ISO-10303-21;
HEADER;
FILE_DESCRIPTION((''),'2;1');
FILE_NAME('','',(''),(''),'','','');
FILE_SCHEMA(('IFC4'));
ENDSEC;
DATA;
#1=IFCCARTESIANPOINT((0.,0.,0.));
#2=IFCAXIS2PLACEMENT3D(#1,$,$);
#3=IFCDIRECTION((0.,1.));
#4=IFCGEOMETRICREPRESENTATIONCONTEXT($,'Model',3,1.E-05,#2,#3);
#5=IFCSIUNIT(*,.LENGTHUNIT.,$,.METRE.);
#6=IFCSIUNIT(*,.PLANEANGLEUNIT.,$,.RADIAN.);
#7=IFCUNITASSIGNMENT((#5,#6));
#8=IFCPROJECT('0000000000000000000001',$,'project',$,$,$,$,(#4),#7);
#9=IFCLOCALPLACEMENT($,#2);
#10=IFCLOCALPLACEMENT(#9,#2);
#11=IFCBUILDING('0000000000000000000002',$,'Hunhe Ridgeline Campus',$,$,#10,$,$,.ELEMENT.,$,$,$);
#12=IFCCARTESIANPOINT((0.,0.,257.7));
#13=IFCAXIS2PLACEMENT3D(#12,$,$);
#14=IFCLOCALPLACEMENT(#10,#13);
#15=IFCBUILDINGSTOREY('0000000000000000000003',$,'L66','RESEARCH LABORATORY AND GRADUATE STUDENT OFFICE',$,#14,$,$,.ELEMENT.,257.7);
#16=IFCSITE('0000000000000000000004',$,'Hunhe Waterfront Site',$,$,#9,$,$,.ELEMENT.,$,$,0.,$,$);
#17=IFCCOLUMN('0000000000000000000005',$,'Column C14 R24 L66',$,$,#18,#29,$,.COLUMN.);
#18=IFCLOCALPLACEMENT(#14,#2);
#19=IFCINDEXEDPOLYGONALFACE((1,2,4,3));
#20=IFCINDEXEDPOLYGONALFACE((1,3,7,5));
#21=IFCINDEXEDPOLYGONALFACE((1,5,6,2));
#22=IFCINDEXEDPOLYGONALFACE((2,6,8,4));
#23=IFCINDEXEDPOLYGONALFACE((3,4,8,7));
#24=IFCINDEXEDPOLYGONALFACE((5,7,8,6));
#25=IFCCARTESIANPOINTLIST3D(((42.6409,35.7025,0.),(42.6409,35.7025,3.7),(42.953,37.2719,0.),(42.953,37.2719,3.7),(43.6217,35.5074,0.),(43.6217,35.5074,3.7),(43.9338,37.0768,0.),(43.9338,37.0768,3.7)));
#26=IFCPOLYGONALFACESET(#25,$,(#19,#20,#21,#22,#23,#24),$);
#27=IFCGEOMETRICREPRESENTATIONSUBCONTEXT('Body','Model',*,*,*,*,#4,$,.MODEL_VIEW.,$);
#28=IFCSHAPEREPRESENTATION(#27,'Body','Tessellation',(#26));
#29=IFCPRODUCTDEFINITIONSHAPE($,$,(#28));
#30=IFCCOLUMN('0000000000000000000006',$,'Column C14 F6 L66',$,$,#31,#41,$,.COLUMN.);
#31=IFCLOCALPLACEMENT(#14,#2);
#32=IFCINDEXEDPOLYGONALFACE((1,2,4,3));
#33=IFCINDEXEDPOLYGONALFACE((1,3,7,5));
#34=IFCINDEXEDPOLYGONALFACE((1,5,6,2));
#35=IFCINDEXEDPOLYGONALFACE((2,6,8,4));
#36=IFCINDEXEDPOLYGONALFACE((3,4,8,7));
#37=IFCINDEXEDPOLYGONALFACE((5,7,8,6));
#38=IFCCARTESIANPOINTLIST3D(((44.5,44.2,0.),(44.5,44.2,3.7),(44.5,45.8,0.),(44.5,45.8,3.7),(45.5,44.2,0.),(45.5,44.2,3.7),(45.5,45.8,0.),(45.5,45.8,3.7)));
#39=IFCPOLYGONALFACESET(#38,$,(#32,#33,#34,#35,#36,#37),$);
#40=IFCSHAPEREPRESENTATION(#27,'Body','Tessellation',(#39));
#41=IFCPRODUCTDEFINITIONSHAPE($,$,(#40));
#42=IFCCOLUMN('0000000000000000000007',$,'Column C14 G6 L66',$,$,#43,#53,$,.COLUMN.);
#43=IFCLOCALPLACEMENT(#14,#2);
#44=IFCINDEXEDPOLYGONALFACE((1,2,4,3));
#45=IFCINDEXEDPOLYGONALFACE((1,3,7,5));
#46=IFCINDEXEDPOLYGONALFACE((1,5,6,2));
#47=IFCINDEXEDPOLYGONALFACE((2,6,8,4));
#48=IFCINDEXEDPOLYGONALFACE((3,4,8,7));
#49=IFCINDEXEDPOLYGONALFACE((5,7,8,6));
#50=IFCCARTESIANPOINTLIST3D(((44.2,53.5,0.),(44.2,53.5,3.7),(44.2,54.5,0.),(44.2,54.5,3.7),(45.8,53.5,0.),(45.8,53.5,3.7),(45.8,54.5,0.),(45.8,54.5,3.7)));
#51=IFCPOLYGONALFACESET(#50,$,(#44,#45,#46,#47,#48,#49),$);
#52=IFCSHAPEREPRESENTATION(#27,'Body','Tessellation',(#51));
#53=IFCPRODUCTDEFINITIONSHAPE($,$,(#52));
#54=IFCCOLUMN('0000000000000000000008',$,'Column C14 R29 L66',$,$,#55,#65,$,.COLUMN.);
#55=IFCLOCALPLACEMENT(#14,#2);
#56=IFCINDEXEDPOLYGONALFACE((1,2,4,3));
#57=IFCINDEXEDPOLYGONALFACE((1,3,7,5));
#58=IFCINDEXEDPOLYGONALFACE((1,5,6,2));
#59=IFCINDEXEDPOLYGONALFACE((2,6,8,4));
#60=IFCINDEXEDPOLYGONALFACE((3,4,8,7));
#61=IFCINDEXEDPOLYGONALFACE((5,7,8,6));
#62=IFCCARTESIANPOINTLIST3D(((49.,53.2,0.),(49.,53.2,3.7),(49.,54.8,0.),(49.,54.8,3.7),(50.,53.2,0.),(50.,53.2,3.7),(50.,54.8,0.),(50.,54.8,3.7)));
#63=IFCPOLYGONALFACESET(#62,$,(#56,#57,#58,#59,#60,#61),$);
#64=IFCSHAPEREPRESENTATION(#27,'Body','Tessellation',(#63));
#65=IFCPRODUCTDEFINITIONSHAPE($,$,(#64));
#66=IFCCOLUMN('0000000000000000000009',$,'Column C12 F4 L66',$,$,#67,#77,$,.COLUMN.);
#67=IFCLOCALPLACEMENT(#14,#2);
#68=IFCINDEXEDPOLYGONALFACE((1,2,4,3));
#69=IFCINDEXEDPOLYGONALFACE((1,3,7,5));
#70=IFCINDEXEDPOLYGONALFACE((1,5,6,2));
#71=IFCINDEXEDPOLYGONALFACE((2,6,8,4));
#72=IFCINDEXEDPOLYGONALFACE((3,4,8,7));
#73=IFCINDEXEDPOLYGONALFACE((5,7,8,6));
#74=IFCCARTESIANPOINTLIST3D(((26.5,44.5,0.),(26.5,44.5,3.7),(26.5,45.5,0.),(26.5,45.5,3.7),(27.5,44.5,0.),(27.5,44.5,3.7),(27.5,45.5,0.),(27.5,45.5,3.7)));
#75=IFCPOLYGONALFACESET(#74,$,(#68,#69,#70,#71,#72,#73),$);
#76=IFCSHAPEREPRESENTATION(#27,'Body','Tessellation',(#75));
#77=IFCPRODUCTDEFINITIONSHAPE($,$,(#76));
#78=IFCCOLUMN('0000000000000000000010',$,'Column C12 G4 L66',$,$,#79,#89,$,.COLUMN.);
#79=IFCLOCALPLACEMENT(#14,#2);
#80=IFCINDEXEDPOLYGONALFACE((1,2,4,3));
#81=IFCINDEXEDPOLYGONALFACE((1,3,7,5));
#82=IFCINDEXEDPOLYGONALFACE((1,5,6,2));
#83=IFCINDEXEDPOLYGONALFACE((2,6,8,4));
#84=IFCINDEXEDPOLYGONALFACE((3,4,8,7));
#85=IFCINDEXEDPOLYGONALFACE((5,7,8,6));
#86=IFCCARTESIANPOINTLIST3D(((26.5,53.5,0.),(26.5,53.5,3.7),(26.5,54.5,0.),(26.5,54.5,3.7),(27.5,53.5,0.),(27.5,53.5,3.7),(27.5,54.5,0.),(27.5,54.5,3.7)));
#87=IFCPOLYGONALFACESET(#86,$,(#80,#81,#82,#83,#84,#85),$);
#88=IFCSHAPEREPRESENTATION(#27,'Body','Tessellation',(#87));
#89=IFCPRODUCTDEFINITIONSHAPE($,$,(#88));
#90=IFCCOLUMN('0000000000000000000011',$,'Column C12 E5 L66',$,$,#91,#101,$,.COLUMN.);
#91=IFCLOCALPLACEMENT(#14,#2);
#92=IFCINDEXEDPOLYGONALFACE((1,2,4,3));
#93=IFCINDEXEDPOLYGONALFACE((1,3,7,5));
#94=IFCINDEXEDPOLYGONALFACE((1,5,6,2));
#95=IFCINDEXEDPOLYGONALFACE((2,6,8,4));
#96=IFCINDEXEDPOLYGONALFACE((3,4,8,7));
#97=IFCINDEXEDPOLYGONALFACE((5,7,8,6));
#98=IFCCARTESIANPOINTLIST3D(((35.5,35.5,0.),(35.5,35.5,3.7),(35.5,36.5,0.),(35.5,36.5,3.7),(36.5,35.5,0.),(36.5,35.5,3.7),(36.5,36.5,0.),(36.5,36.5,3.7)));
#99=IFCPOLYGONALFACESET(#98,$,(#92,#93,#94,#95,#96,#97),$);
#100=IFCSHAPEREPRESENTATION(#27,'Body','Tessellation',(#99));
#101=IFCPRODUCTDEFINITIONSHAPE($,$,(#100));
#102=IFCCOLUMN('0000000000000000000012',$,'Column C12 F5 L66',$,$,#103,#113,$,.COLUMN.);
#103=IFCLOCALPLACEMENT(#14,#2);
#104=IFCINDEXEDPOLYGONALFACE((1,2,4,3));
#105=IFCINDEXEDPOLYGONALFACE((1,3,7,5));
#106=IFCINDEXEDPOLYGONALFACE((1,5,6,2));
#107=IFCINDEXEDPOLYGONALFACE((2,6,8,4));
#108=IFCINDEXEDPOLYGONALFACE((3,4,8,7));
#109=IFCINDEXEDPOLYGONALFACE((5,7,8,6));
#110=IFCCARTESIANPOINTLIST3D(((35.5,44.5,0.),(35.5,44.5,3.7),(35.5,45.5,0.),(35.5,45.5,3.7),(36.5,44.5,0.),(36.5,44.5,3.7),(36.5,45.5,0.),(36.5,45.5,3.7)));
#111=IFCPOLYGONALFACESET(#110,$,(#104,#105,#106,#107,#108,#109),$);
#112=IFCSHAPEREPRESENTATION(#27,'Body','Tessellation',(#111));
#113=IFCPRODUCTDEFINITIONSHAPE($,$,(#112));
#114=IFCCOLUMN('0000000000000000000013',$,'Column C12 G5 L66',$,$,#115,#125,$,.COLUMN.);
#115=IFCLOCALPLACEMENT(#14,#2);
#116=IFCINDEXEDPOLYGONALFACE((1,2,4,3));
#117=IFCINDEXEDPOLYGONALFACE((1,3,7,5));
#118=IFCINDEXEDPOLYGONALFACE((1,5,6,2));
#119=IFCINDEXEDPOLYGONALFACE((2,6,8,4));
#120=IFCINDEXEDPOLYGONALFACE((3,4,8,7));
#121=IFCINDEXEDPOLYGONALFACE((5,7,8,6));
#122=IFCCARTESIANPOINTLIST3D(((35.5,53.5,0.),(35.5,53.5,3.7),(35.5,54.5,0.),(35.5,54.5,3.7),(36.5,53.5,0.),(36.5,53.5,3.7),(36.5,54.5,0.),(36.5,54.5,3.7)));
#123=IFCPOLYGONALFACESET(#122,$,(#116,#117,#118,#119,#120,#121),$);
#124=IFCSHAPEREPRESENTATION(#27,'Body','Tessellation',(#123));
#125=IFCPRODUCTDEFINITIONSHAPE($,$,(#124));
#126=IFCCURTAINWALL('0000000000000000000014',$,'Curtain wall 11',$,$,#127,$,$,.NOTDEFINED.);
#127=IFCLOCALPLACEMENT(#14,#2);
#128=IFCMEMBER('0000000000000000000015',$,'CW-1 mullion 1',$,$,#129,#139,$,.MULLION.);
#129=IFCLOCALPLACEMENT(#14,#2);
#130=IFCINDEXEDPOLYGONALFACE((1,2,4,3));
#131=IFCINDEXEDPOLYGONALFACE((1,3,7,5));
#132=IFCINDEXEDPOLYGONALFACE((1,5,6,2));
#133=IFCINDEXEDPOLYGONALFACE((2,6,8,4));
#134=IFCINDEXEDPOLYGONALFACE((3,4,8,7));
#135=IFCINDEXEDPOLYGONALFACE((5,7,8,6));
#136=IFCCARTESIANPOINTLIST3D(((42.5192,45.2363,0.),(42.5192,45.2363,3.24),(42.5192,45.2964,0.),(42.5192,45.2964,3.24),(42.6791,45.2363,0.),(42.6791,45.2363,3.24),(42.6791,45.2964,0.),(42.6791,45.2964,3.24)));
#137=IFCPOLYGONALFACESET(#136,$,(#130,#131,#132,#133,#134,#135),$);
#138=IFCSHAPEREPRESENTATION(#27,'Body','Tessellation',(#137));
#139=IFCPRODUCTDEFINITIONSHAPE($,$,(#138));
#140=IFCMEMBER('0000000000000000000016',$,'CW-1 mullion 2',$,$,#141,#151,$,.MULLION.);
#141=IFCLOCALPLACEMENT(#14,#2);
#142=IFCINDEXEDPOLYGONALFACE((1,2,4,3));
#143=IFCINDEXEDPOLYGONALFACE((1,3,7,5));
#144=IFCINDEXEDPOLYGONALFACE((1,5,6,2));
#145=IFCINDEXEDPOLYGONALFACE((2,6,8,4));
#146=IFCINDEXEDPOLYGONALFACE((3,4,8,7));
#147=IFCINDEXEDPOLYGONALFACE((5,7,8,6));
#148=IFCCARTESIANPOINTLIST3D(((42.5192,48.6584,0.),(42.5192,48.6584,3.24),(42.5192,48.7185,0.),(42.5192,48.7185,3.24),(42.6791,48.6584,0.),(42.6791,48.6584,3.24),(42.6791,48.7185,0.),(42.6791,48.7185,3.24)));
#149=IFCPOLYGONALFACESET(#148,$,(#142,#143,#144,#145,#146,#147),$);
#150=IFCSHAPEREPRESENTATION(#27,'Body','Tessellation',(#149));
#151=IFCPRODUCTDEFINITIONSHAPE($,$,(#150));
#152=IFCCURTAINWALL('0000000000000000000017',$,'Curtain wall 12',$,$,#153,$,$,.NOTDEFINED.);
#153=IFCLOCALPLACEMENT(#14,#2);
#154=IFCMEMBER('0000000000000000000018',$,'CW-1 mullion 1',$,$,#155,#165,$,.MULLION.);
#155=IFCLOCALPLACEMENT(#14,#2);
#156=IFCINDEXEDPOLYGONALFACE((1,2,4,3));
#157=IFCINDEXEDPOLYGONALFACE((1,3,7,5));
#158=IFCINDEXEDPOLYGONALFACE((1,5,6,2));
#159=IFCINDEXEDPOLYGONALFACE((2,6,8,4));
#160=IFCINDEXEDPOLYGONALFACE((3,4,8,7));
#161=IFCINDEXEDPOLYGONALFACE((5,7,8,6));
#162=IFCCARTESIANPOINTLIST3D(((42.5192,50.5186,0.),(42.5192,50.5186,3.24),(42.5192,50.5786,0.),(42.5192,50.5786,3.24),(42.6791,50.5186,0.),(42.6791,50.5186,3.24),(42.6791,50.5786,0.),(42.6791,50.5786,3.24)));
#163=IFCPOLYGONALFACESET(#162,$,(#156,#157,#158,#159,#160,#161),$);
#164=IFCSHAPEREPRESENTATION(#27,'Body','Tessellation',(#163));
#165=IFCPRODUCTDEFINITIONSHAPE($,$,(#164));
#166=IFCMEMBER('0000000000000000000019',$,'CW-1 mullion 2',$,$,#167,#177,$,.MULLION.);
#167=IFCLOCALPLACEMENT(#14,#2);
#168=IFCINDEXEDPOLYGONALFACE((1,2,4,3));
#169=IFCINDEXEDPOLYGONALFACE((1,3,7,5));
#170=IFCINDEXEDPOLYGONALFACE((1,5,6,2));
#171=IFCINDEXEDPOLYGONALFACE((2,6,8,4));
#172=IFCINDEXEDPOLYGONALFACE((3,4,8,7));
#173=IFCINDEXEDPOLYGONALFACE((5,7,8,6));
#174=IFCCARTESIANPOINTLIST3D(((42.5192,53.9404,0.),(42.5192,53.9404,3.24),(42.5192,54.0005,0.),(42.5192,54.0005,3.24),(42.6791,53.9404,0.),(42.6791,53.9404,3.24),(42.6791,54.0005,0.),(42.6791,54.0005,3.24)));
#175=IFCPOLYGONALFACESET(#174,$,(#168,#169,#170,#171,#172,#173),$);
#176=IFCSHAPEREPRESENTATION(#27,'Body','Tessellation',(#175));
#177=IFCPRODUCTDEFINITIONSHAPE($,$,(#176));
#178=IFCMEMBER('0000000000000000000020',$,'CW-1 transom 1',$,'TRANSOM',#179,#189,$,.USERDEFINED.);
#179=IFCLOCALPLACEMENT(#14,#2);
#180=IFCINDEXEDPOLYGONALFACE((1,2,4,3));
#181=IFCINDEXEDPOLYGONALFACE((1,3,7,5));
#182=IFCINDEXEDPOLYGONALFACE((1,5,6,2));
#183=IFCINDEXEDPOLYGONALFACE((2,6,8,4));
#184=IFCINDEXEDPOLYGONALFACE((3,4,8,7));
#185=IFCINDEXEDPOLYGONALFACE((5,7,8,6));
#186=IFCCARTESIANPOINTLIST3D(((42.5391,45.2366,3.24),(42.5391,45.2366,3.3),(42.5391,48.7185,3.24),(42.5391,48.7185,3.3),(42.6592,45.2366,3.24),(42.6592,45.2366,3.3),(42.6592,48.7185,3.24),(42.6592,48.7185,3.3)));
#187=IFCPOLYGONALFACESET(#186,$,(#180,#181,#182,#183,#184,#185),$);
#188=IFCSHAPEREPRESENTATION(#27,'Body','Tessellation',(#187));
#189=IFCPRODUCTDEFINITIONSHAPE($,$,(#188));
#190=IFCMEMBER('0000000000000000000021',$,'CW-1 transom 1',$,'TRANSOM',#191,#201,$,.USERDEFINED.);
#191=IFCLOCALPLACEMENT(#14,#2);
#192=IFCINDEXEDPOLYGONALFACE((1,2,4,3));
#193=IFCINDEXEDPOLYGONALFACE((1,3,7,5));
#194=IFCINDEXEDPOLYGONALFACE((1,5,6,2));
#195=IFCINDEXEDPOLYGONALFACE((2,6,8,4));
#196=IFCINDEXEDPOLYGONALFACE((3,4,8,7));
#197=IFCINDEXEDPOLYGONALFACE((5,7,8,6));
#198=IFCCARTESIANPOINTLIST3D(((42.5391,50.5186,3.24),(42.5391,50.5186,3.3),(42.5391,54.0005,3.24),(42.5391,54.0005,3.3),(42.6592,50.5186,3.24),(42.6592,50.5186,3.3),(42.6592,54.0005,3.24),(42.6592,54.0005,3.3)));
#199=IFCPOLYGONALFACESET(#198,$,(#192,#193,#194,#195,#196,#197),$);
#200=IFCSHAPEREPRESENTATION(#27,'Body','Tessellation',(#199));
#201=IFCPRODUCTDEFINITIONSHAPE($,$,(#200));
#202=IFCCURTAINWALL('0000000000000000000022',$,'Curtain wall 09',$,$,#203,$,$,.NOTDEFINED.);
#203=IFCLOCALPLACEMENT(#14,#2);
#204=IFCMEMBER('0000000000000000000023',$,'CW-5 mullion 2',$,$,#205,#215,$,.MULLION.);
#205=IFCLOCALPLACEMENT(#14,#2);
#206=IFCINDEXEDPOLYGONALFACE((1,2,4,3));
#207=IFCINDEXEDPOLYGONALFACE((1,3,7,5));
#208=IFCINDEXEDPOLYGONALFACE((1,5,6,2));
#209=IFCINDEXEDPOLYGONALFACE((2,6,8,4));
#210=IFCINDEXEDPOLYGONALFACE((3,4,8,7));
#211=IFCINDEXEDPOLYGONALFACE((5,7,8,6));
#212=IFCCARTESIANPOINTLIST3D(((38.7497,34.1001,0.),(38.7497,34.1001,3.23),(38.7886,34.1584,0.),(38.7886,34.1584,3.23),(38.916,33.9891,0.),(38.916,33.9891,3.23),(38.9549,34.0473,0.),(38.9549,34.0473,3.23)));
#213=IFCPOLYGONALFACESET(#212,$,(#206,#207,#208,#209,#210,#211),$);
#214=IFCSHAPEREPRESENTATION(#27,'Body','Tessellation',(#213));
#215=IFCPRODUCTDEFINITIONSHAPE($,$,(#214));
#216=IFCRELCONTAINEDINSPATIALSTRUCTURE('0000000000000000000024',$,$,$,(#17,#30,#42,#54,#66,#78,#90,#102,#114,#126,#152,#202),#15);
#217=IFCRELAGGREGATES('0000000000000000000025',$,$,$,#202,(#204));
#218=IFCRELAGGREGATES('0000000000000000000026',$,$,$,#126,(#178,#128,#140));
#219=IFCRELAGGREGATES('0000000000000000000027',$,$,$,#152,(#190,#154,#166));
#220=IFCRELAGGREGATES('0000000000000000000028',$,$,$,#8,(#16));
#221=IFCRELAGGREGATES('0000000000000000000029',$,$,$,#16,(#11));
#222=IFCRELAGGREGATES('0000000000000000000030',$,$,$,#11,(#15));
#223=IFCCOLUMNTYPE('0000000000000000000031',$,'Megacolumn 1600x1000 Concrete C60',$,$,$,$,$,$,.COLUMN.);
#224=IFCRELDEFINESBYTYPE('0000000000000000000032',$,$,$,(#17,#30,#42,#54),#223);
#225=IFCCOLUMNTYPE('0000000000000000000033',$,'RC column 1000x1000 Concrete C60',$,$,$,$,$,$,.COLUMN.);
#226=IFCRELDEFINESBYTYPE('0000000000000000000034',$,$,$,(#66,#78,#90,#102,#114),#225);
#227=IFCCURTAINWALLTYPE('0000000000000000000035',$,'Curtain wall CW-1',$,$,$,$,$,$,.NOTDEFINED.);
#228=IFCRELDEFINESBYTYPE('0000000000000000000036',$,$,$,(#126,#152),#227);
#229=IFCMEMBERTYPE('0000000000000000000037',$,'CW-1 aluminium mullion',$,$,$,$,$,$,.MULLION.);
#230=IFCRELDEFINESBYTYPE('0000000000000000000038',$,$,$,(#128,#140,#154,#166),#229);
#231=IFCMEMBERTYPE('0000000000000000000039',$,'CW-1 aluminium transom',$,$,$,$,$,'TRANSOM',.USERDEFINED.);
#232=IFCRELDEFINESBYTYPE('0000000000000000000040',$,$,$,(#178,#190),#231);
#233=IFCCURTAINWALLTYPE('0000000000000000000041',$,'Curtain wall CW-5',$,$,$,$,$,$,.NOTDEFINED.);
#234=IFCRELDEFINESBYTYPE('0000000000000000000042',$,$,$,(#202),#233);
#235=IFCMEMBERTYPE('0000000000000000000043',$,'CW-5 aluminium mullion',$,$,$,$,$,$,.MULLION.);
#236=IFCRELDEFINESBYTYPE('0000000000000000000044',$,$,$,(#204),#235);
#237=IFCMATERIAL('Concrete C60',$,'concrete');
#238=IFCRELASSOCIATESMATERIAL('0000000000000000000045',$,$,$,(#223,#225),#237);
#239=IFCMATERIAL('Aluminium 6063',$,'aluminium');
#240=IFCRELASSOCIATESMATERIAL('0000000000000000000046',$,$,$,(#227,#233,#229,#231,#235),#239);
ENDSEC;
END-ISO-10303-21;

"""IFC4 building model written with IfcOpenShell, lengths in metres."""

from ifc_helpers import new_model, si_unit, direction, frame, origin, origin_2d, place, context, subcontext, project, spatial, rectangle, extrude, material, material_profile, profile_set, type_object, element, aggregate, save


model = new_model("IFC4")

# Units and contexts
model_context = context("Model", 3, precision=1e-05, world=origin(), true_north=direction((0.0, 1.0)))
body_context = subcontext(model_context, "Body", "Model", "MODEL_VIEW")
ifc_project = project(units=[si_unit("LENGTHUNIT", "METRE"), si_unit("PLANEANGLEUNIT", "RADIAN")], contexts=[model_context])

# Site, building, storey
site_placement = place(None, origin())
site = spatial("IfcSite", under=ifc_project, at=site_placement, Name="Hunhe Waterfront Site", CompositionType="ELEMENT", RefElevation=0.0)
building_placement = place(site_placement, origin())
building = spatial("IfcBuilding", under=site, at=building_placement, Name="Hunhe Ridgeline Campus", CompositionType="ELEMENT")
storey_placement = place(building_placement, frame((0.0, 0.0, 257.7)))
storey = spatial("IfcBuildingStorey", under=building, at=storey_placement, Name="L66", Description="RESEARCH LABORATORY AND GRADUATE STUDENT OFFICE", CompositionType="ELEMENT", Elevation=257.7)

# Columns
ifc_material_1 = material(Name="Concrete C60", Category="concrete")
ifc_material_profile_1 = material_profile(ifc_material_1, rectangle(XDim=1.6001, YDim=1.0, at=origin_2d()))
ifc_profile_set_1 = profile_set([ifc_material_profile_1], Name="Concrete C60")
column_type_1 = type_object("IfcColumnType", Name="Megacolumn 1600x1000 Concrete C60", PredefinedType="COLUMN", material=ifc_profile_set_1)
for number, where, z_axis, x_axis, name in (
    (1, (43.2874, 36.3896, 0.0), (0.0, 0.0, 1.0), (0.19509, 0.980785, 0.0), "Column C14 R24 L66"),
    (2, (45.0, 45.0, 0.0), (0.0, 0.0, 1.0), (0.0, 1.0, 0.0), "Column C14 F6 L66"),
    (3, (45.0, 54.0, 0.0), (0.0, 0.0, 1.0), (1.0, 0.0, 0.0), "Column C14 G6 L66"),
    (4, (49.5, 54.0, 0.0), (0.0, 0.0, 1.0), (0.0, 1.0, 0.0), "Column C14 R29 L66"),
):
    element("IfcColumn", number, at=place(storey_placement, frame(where, z_axis=z_axis, x_axis=x_axis)), inside=storey, type_object=column_type_1, Name=name, PredefinedType="COLUMN", context=body_context, shape_type="SweptSolid", body=[
        extrude(rectangle(XDim=1.6001, YDim=1.0, at=origin_2d()), origin(), (0.0, 0.0, 1.0), 3.7),
    ])
ifc_material_profile_2 = material_profile(ifc_material_1, rectangle(XDim=1.0, YDim=1.0, at=origin_2d()))
ifc_profile_set_2 = profile_set([ifc_material_profile_2], Name="Concrete C60")
column_type_2 = type_object("IfcColumnType", Name="RC column 1000x1000 Concrete C60", PredefinedType="COLUMN", material=ifc_profile_set_2)
for number, where, z_axis, x_axis, name in (
    (5, (27.0, 45.0, 0.0), (0.0, 0.0, 1.0), (1.0, 0.0, 0.0), "Column C12 F4 L66"),
    (6, (27.0, 54.0, 0.0), (0.0, 0.0, 1.0), (1.0, 0.0, 0.0), "Column C12 G4 L66"),
    (7, (36.0, 36.0, 0.0), (0.0, 0.0, 1.0), (1.0, 0.0, 0.0), "Column C12 E5 L66"),
    (8, (36.0, 45.0, 0.0), (0.0, 0.0, 1.0), (1.0, 0.0, 0.0), "Column C12 F5 L66"),
    (9, (36.0, 54.0, 0.0), (0.0, 0.0, 1.0), (1.0, 0.0, 0.0), "Column C12 G5 L66"),
):
    element("IfcColumn", number, at=place(storey_placement, frame(where, z_axis=z_axis, x_axis=x_axis)), inside=storey, type_object=column_type_2, Name=name, PredefinedType="COLUMN", context=body_context, shape_type="SweptSolid", body=[
        extrude(rectangle(XDim=1.0, YDim=1.0, at=origin_2d()), origin(), (0.0, 0.0, 1.0), 3.7),
    ])

# Curtain walls, members
ifc_material_2 = material(Name="Aluminium 6063", Category="aluminium")
curtain_wall_type_1 = type_object("IfcCurtainWallType", Name="Curtain wall CW-1", PredefinedType="NOTDEFINED", material=ifc_material_2)
curtain_wall_1_placement = place(storey_placement, origin())
curtain_wall_1 = element("IfcCurtainWall", 10, at=curtain_wall_1_placement, inside=storey, type_object=curtain_wall_type_1, Name="Curtain wall 11", PredefinedType="NOTDEFINED")
ifc_material_profile_3 = material_profile(ifc_material_2, rectangle(XDim=0.1599, YDim=0.0601, at=origin_2d()))
ifc_profile_set_3 = profile_set([ifc_material_profile_3], Name="Aluminium 6063")
member_type_1 = type_object("IfcMemberType", Name="CW-1 aluminium mullion", PredefinedType="MULLION", material=ifc_profile_set_3)
member_1_placement = place(storey_placement, frame((42.5991, 45.2664, 0.0), z_axis=(0.0, 0.0, 1.0), x_axis=(-1.0, 0.000019, 0.0)))
member_1 = element("IfcMember", 11, at=member_1_placement, type_object=member_type_1, Name="CW-1 mullion 1", PredefinedType="MULLION", context=body_context, shape_type="SweptSolid", body=[
    extrude(rectangle(XDim=0.1599, YDim=0.0601, at=origin_2d()), origin(), (0.0, 0.0, 1.0), 3.24),
])
member_2_placement = place(storey_placement, frame((42.5991, 48.6885, 0.0), z_axis=(0.0, 0.0, 1.0), x_axis=(-1.0, 0.000019, 0.0)))
member_2 = element("IfcMember", 12, at=member_2_placement, type_object=member_type_1, Name="CW-1 mullion 2", PredefinedType="MULLION", context=body_context, shape_type="SweptSolid", body=[
    extrude(rectangle(XDim=0.1599, YDim=0.0601, at=origin_2d()), origin(), (0.0, 0.0, 1.0), 3.24),
])
curtain_wall_2_placement = place(storey_placement, origin())
curtain_wall_2 = element("IfcCurtainWall", 13, at=curtain_wall_2_placement, inside=storey, type_object=curtain_wall_type_1, Name="Curtain wall 12", PredefinedType="NOTDEFINED")
member_3_placement = place(storey_placement, frame((42.5991, 50.5486, 0.0), z_axis=(0.0, 0.0, 1.0), x_axis=(-1.0, 0.000019, 0.0)))
member_3 = element("IfcMember", 14, at=member_3_placement, type_object=member_type_1, Name="CW-1 mullion 1", PredefinedType="MULLION", context=body_context, shape_type="SweptSolid", body=[
    extrude(rectangle(XDim=0.1599, YDim=0.0601, at=origin_2d()), origin(), (0.0, 0.0, 1.0), 3.24),
])
member_4_placement = place(storey_placement, frame((42.5991, 53.9705, 0.0), z_axis=(0.0, 0.0, 1.0), x_axis=(-1.0, 0.000019, 0.0)))
member_4 = element("IfcMember", 15, at=member_4_placement, type_object=member_type_1, Name="CW-1 mullion 2", PredefinedType="MULLION", context=body_context, shape_type="SweptSolid", body=[
    extrude(rectangle(XDim=0.1599, YDim=0.0601, at=origin_2d()), origin(), (0.0, 0.0, 1.0), 3.24),
])

# Members
ifc_material_profile_4 = material_profile(ifc_material_2, rectangle(XDim=0.1201, YDim=0.0601, at=origin_2d()))
ifc_profile_set_4 = profile_set([ifc_material_profile_4], Name="Aluminium 6063")
member_type_2 = type_object("IfcMemberType", Name="CW-1 aluminium transom", ElementType="TRANSOM", PredefinedType="USERDEFINED", material=ifc_profile_set_4)
member_5_placement = place(storey_placement, frame((42.5991, 45.2366, 3.27), z_axis=(0.0, 1.0, 0.0), x_axis=(-1.0, 0.0, 0.0)))
member_5 = element("IfcMember", 16, at=member_5_placement, type_object=member_type_2, Name="CW-1 transom 1", ObjectType="TRANSOM", PredefinedType="USERDEFINED", context=body_context, shape_type="SweptSolid", body=[
    extrude(rectangle(XDim=0.1201, YDim=0.0601, at=origin_2d()), origin(), (0.0, 0.0, 1.0), 3.4819),
])
member_6_placement = place(storey_placement, frame((42.5991, 50.5186, 3.27), z_axis=(0.0, 1.0, 0.0), x_axis=(-1.0, 0.0, 0.0)))
member_6 = element("IfcMember", 17, at=member_6_placement, type_object=member_type_2, Name="CW-1 transom 1", ObjectType="TRANSOM", PredefinedType="USERDEFINED", context=body_context, shape_type="SweptSolid", body=[
    extrude(rectangle(XDim=0.1201, YDim=0.0601, at=origin_2d()), origin(), (0.0, 0.0, 1.0), 3.4819),
])

# Curtain wall, member
curtain_wall_type_2 = type_object("IfcCurtainWallType", Name="Curtain wall CW-5", PredefinedType="NOTDEFINED", material=ifc_material_2)
curtain_wall_3_placement = place(storey_placement, origin())
curtain_wall_3 = element("IfcCurtainWall", 18, at=curtain_wall_3_placement, inside=storey, type_object=curtain_wall_type_2, Name="Curtain wall 09", PredefinedType="NOTDEFINED")
ifc_material_profile_5 = material_profile(ifc_material_2, rectangle(XDim=0.2, YDim=0.0701, at=origin_2d()))
ifc_profile_set_5 = profile_set([ifc_material_profile_5], Name="Aluminium 6063")
member_type_3 = type_object("IfcMemberType", Name="CW-5 aluminium mullion", PredefinedType="MULLION", material=ifc_profile_set_5)
member_7_placement = place(storey_placement, frame((38.8523, 34.0737, 0.0), z_axis=(0.0, 0.0, 1.0), x_axis=(-0.83147, 0.55557, 0.0)))
member_7 = element("IfcMember", 19, at=member_7_placement, type_object=member_type_3, Name="CW-5 mullion 2", PredefinedType="MULLION", context=body_context, shape_type="SweptSolid", body=[
    extrude(rectangle(XDim=0.2, YDim=0.0701, at=origin_2d()), origin(), (0.0, 0.0, 1.0), 3.23),
])

aggregate(curtain_wall_3, [member_7])
aggregate(curtain_wall_1, [member_5, member_1, member_2])
aggregate(curtain_wall_2, [member_6, member_3, member_4])

save(model, "model.ifc")
